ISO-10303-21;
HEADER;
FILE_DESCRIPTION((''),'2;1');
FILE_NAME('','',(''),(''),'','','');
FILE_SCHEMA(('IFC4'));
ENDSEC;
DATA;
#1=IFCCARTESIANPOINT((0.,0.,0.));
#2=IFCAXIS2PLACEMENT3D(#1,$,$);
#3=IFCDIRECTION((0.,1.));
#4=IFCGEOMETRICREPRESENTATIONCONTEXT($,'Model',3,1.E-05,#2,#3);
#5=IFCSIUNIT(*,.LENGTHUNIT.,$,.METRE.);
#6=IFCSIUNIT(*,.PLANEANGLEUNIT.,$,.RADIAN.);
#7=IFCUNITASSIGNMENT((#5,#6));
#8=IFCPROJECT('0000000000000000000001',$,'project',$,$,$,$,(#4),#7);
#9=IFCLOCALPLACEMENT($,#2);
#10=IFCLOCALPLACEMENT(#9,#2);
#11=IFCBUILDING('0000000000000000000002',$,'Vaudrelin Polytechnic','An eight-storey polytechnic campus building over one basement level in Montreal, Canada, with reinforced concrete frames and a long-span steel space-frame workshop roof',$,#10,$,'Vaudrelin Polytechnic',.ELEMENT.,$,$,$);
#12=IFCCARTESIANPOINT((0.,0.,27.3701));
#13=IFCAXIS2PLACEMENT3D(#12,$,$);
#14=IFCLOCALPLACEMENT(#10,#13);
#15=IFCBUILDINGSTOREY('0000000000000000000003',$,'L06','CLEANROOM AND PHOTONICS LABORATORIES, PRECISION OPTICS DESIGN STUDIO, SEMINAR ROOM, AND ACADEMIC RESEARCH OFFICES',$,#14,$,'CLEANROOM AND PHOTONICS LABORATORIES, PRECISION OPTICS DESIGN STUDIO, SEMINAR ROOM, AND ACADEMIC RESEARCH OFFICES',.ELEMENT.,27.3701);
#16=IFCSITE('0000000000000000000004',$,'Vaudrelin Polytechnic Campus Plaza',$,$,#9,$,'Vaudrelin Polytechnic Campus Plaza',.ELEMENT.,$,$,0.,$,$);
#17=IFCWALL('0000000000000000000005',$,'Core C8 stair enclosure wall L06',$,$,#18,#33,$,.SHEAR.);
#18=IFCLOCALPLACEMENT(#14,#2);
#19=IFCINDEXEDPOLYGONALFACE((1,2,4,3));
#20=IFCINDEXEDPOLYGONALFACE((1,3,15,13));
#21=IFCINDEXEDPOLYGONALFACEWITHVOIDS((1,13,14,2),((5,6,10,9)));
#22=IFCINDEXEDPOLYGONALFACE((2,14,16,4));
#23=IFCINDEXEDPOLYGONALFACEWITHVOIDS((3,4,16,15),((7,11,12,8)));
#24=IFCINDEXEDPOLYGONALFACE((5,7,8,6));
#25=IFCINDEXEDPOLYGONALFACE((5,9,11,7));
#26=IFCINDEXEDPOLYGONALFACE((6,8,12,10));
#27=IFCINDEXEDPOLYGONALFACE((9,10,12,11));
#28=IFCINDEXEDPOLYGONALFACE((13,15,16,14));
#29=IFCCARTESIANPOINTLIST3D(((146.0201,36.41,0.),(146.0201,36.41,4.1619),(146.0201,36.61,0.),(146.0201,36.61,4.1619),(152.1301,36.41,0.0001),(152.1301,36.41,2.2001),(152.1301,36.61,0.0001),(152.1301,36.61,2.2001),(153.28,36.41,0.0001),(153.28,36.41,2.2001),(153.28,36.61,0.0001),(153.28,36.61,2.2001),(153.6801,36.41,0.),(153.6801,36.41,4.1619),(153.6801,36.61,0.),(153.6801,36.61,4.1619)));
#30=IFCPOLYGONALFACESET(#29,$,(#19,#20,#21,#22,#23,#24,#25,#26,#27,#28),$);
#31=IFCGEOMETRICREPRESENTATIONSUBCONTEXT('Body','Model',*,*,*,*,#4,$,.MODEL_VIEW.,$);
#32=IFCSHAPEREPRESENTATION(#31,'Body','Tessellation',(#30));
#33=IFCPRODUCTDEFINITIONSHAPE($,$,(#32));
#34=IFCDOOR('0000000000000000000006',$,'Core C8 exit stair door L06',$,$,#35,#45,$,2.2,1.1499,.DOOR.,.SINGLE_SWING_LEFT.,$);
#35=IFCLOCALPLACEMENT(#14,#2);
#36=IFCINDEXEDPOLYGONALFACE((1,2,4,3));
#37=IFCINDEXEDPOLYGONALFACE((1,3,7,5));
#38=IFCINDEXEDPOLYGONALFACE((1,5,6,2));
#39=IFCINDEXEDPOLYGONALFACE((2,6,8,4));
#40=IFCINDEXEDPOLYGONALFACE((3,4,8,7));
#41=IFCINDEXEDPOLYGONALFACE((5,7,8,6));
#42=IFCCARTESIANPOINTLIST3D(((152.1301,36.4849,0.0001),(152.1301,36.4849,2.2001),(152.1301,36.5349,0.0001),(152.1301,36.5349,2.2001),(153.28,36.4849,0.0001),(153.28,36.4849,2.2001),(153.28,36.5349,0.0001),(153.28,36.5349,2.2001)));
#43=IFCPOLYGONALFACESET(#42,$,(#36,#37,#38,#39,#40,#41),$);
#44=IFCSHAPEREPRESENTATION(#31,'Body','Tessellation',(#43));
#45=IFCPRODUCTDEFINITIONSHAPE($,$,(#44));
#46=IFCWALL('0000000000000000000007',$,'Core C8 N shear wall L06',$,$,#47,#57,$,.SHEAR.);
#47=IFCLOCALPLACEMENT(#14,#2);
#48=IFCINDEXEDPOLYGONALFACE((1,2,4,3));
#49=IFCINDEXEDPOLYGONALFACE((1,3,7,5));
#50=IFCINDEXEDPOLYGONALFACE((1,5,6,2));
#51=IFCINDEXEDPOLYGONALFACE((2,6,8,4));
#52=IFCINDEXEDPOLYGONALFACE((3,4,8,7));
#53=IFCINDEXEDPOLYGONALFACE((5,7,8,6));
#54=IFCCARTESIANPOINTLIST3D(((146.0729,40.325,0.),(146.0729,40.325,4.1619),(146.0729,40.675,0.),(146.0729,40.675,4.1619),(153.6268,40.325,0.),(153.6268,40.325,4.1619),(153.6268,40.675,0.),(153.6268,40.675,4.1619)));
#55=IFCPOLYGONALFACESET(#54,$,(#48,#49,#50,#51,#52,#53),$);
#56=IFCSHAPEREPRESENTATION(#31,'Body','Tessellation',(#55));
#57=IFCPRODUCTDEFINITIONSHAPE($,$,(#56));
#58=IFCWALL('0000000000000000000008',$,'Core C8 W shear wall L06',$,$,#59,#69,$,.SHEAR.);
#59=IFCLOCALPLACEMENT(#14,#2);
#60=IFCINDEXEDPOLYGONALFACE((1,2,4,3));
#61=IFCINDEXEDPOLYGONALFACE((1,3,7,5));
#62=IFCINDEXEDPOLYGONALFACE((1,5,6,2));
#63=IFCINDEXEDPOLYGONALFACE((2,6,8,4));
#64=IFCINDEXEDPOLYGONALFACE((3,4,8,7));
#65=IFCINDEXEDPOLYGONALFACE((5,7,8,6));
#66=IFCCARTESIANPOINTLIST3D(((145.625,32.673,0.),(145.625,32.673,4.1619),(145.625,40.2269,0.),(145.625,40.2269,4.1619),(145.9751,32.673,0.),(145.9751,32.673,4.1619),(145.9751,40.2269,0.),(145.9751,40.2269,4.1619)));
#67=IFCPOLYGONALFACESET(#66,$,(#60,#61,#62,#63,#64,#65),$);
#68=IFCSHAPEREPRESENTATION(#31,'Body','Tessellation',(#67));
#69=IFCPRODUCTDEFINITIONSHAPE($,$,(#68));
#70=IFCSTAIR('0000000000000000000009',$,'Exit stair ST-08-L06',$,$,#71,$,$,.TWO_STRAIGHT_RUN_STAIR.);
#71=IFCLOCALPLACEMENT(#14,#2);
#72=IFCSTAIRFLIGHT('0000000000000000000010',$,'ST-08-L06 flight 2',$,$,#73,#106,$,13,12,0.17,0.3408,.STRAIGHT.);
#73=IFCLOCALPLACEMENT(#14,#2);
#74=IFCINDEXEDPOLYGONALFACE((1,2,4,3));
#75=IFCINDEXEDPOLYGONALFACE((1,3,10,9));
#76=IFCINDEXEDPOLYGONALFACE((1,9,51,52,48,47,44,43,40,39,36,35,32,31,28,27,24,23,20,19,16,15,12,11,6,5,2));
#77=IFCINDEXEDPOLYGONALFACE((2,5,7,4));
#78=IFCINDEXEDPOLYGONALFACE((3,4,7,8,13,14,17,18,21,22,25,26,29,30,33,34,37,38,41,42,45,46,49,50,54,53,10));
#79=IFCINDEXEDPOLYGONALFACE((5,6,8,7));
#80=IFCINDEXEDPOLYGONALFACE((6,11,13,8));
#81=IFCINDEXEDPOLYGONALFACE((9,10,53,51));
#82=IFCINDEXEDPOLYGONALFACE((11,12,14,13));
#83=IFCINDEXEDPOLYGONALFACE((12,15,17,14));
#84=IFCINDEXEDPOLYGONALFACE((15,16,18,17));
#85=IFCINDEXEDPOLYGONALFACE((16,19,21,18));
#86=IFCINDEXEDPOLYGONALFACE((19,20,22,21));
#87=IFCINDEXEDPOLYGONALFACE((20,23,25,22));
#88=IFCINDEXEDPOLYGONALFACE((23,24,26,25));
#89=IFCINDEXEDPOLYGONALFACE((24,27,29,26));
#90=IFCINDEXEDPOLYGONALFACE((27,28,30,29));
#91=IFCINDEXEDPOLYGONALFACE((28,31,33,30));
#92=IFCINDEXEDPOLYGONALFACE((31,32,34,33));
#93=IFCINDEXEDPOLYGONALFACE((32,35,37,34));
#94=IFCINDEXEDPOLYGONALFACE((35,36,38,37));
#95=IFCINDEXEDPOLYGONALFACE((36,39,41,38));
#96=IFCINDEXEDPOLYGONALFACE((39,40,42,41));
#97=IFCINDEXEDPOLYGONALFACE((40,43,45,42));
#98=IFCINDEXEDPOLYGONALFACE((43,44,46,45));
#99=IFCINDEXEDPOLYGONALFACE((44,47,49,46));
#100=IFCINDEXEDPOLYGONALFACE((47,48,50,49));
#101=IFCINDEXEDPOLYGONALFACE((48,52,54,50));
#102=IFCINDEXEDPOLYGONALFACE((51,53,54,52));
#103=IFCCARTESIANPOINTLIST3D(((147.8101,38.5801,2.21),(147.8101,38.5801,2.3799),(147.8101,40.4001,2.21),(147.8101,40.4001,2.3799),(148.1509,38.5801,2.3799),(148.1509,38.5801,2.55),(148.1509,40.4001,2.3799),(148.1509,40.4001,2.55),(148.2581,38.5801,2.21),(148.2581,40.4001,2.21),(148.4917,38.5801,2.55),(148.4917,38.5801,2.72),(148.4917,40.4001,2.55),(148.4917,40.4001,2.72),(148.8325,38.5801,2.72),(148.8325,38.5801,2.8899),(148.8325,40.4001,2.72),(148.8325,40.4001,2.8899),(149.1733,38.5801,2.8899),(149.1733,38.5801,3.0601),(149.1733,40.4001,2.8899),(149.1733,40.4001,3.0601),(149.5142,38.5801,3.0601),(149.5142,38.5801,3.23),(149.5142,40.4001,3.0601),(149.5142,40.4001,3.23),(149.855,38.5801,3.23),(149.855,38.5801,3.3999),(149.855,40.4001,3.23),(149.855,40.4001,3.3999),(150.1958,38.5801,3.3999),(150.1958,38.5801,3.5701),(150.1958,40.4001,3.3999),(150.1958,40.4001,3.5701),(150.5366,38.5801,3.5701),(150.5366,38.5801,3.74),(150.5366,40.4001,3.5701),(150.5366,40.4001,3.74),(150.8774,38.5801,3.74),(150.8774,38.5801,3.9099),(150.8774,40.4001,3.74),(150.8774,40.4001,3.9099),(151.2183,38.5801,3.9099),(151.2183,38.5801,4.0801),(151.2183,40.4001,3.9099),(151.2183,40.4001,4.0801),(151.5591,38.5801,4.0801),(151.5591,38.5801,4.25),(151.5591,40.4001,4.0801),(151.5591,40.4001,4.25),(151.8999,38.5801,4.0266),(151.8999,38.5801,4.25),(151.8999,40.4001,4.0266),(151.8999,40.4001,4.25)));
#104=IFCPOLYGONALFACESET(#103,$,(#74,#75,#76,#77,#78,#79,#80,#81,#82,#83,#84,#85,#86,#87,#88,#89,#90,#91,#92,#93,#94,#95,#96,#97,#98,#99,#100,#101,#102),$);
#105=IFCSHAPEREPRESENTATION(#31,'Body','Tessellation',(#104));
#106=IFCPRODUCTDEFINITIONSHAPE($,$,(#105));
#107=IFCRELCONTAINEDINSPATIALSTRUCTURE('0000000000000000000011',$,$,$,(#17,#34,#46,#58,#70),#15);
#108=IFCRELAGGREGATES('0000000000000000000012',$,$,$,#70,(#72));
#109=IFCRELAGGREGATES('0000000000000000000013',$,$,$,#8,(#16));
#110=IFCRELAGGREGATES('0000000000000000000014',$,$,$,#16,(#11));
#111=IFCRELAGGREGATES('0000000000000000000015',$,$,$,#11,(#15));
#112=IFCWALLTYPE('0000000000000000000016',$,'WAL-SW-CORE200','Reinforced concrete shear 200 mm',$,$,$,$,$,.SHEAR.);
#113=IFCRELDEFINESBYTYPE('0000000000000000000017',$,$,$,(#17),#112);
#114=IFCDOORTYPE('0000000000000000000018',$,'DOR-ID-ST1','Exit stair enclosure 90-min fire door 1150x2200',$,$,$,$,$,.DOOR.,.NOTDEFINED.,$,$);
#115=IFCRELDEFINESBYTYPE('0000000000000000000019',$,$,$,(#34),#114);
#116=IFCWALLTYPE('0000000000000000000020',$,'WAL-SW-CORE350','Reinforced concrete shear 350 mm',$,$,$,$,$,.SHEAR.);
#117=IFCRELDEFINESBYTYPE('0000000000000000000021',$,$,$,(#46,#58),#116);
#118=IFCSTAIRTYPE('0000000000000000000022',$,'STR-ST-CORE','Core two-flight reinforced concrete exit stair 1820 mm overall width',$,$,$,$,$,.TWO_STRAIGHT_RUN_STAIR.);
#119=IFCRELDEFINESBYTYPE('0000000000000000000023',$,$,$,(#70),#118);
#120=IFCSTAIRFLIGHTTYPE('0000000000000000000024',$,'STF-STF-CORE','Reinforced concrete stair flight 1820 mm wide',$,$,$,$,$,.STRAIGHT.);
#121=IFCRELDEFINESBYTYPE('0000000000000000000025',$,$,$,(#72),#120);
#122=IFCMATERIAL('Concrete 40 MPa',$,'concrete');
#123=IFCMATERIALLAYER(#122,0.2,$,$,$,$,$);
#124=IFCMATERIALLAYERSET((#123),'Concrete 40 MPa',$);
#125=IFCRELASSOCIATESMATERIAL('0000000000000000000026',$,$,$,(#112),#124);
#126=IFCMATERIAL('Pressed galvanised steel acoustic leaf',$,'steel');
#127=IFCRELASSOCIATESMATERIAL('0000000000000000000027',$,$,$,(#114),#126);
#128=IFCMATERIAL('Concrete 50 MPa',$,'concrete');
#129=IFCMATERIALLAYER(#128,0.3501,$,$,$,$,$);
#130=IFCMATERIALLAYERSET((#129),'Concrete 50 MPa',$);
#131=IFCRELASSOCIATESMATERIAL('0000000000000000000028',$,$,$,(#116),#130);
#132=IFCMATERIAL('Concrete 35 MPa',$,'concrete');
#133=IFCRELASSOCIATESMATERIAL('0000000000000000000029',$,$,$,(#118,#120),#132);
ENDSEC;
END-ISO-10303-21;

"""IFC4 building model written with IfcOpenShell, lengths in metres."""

from ifc_helpers import new_model, si_unit, direction, frame, frame_2d, origin, place, context, subcontext, project, spatial, polyline, rectangle, outline, extrude, material, layer, layer_set, type_object, element, fill, aggregate, save


model = new_model("IFC4")

# Units and contexts
model_context = context("Model", 3, precision=1e-05, world=origin(), true_north=direction((0.0, 1.0)))
body_context = subcontext(model_context, "Body", "Model", "MODEL_VIEW")
ifc_project = project(units=[si_unit("LENGTHUNIT", "METRE"), si_unit("PLANEANGLEUNIT", "RADIAN")], contexts=[model_context])

# Site, building, storey
site_placement = place(None, origin())
site = spatial("IfcSite", under=ifc_project, at=site_placement, Name="Vaudrelin Polytechnic Campus Plaza", LongName="Vaudrelin Polytechnic Campus Plaza", CompositionType="ELEMENT", RefElevation=0.0)
building_placement = place(site_placement, origin())
building = spatial("IfcBuilding", under=site, at=building_placement, Name="Vaudrelin Polytechnic", Description="An eight-storey polytechnic campus building over one basement level in Montreal, Canada, with reinforced concrete frames and a long-span steel space-frame workshop roof", LongName="Vaudrelin Polytechnic", CompositionType="ELEMENT")
storey_placement = place(building_placement, frame((0.0, 0.0, 27.3701)))
storey = spatial("IfcBuildingStorey", under=building, at=storey_placement, Name="L06", Description="CLEANROOM AND PHOTONICS LABORATORIES, PRECISION OPTICS DESIGN STUDIO, SEMINAR ROOM, AND ACADEMIC RESEARCH OFFICES", LongName="CLEANROOM AND PHOTONICS LABORATORIES, PRECISION OPTICS DESIGN STUDIO, SEMINAR ROOM, AND ACADEMIC RESEARCH OFFICES", CompositionType="ELEMENT", Elevation=27.3701)

# Shared definitions
ifc_material_1 = material(Name="Concrete 40 MPa", Category="concrete")

# Shared definitions
ifc_material_2 = material(Name="Concrete 50 MPa", Category="concrete")

# Shared definitions
ifc_material_3 = material(Name="Pressed galvanised steel acoustic leaf", Category="steel")

# Wall, opening, door
ifc_layer_1 = layer(ifc_material_1, 0.2)
ifc_layer_set_1 = layer_set([ifc_layer_1], Name="Concrete 40 MPa")
wall_type_1 = type_object("IfcWallType", Name="WAL-SW-CORE200", Description="Reinforced concrete shear 200 mm", PredefinedType="SHEAR", material=ifc_layer_set_1)
wall_1_placement = place(storey_placement, frame((146.02, 36.51, 0.0), z_axis=(0.0, 0.0, 1.0), x_axis=(1.0, 0.0, 0.0)))
wall_1 = element("IfcWall", 1, at=wall_1_placement, inside=storey, type_object=wall_type_1, Name="Core C8 stair enclosure wall L06", PredefinedType="SHEAR", context=body_context, shape_type="SweptSolid", body=[
    extrude(rectangle(XDim=7.6599, YDim=0.2, at=frame_2d((3.8301, 0.0))), origin(), (0.0, 0.0, 1.0), 4.1619),
])
opening_1_placement = place(wall_1_placement, frame((6.1101, 0.0, 0.0)))
opening_1 = element("IfcOpeningElement", 2, at=opening_1_placement, cuts=wall_1, PredefinedType="OPENING", context=body_context, shape_type="SweptSolid", body=[
    extrude(rectangle(XDim=1.1499, YDim=2.2, at=frame_2d((0.575, 1.1001))), frame((0.0, 0.1099, 0.0), z_axis=(0.0, -1.0, 0.0), x_axis=(1.0, 0.0, 0.0)), (0.0, 0.0, 1.0), 0.22),
])
door_type_1 = type_object("IfcDoorType", Name="DOR-ID-ST1", Description="Exit stair enclosure 90-min fire door 1150x2200", OperationType="NOTDEFINED", PredefinedType="DOOR", material=ifc_material_3)
door_1_placement = place(opening_1_placement, origin())
door_1 = element("IfcDoor", 3, at=door_1_placement, inside=storey, type_object=door_type_1, Name="Core C8 exit stair door L06", OperationType="SINGLE_SWING_LEFT", OverallHeight=2.2, OverallWidth=1.1499, PredefinedType="DOOR", context=body_context, shape_type="SweptSolid", body=[
    extrude(rectangle(XDim=1.1499, YDim=2.2, at=frame_2d((0.575, 1.1001))), frame((0.0, 0.0249, 0.0), z_axis=(0.0, -1.0, 0.0), x_axis=(1.0, 0.0, 0.0)), (0.0, 0.0, 1.0), 0.05),
])
fill(opening_1, door_1)

# Walls
ifc_layer_2 = layer(ifc_material_2, 0.3501)
ifc_layer_set_2 = layer_set([ifc_layer_2], Name="Concrete 50 MPa")
wall_type_2 = type_object("IfcWallType", Name="WAL-SW-CORE350", Description="Reinforced concrete shear 350 mm", PredefinedType="SHEAR", material=ifc_layer_set_2)
for number, where, z_axis, x_axis, name in (
    (4, (146.073, 40.5, 0.0), (0.0, 0.0, 1.0), (1.0, 0.0, 0.0), "Core C8 N shear wall L06"),
    (5, (145.8, 32.6731, 0.0), (0.0, 0.0, 1.0), (0.0, 1.0, 0.0), "Core C8 W shear wall L06"),
):
    element("IfcWall", number, at=place(storey_placement, frame(where, z_axis=z_axis, x_axis=x_axis)), inside=storey, type_object=wall_type_2, Name=name, PredefinedType="SHEAR", context=body_context, shape_type="SweptSolid", body=[
        extrude(rectangle(XDim=7.554, YDim=0.3501, at=frame_2d((3.7769, 0.0))), origin(), (0.0, 0.0, 1.0), 4.1619),
    ])

# Stair, stair flight
ifc_material_4 = material(Name="Concrete 35 MPa", Category="concrete")
stair_type = type_object("IfcStairType", Name="STR-ST-CORE", Description="Core two-flight reinforced concrete exit stair 1820 mm overall width", PredefinedType="TWO_STRAIGHT_RUN_STAIR", material=ifc_material_4)
stair_placement = place(storey_placement, origin())
stair = element("IfcStair", 6, at=stair_placement, inside=storey, type_object=stair_type, Name="Exit stair ST-08-L06", PredefinedType="TWO_STRAIGHT_RUN_STAIR")
stair_flight_type = type_object("IfcStairFlightType", Name="STF-STF-CORE", Description="Reinforced concrete stair flight 1820 mm wide", PredefinedType="STRAIGHT", material=ifc_material_4)
stair_flight_placement = place(storey_placement, frame((147.8101, 39.49, 2.21), z_axis=(0.0, 0.0, 1.0), x_axis=(1.0, 0.0, 0.0)))
stair_flight = element("IfcStairFlight", 7, at=stair_flight_placement, type_object=stair_flight_type, Name="ST-08-L06 flight 2", NumberOfRisers=13, NumberOfTreads=12, PredefinedType="STRAIGHT", RiserHeight=0.17, TreadLength=0.3408, context=body_context, shape_type="SweptSolid", body=[
    extrude(outline(polyline([(0.0, 0.0), (0.0, 0.1699), (0.3408, 0.1699), (0.3408, 0.3401), (0.6816, 0.3401), (0.6816, 0.51), (1.0225, 0.51), (1.0225, 0.6799), (1.3633, 0.6799), (1.3633, 0.8501), (1.7041, 0.8501), (1.7041, 1.02), (2.0449, 1.02), (2.0449, 1.1899), (2.3857, 1.1899), (2.3857, 1.3601), (2.7266, 1.3601), (2.7266, 1.53), (3.0674, 1.53), (3.0674, 1.7), (3.4082, 1.7), (3.4082, 1.8701), (3.749, 1.8701), (3.749, 2.04), (4.0898, 2.04), (4.0898, 2.21), (4.0898, 1.8167), (0.448, 0.0), (0.0, 0.0)])), frame((0.0, 0.9102, 0.0), z_axis=(0.0, -1.0, 0.0), x_axis=(1.0, 0.0, 0.0)), (0.0, 0.0, 1.0), 1.8201),
])
aggregate(stair, [stair_flight])

save(model, "model.ifc")
